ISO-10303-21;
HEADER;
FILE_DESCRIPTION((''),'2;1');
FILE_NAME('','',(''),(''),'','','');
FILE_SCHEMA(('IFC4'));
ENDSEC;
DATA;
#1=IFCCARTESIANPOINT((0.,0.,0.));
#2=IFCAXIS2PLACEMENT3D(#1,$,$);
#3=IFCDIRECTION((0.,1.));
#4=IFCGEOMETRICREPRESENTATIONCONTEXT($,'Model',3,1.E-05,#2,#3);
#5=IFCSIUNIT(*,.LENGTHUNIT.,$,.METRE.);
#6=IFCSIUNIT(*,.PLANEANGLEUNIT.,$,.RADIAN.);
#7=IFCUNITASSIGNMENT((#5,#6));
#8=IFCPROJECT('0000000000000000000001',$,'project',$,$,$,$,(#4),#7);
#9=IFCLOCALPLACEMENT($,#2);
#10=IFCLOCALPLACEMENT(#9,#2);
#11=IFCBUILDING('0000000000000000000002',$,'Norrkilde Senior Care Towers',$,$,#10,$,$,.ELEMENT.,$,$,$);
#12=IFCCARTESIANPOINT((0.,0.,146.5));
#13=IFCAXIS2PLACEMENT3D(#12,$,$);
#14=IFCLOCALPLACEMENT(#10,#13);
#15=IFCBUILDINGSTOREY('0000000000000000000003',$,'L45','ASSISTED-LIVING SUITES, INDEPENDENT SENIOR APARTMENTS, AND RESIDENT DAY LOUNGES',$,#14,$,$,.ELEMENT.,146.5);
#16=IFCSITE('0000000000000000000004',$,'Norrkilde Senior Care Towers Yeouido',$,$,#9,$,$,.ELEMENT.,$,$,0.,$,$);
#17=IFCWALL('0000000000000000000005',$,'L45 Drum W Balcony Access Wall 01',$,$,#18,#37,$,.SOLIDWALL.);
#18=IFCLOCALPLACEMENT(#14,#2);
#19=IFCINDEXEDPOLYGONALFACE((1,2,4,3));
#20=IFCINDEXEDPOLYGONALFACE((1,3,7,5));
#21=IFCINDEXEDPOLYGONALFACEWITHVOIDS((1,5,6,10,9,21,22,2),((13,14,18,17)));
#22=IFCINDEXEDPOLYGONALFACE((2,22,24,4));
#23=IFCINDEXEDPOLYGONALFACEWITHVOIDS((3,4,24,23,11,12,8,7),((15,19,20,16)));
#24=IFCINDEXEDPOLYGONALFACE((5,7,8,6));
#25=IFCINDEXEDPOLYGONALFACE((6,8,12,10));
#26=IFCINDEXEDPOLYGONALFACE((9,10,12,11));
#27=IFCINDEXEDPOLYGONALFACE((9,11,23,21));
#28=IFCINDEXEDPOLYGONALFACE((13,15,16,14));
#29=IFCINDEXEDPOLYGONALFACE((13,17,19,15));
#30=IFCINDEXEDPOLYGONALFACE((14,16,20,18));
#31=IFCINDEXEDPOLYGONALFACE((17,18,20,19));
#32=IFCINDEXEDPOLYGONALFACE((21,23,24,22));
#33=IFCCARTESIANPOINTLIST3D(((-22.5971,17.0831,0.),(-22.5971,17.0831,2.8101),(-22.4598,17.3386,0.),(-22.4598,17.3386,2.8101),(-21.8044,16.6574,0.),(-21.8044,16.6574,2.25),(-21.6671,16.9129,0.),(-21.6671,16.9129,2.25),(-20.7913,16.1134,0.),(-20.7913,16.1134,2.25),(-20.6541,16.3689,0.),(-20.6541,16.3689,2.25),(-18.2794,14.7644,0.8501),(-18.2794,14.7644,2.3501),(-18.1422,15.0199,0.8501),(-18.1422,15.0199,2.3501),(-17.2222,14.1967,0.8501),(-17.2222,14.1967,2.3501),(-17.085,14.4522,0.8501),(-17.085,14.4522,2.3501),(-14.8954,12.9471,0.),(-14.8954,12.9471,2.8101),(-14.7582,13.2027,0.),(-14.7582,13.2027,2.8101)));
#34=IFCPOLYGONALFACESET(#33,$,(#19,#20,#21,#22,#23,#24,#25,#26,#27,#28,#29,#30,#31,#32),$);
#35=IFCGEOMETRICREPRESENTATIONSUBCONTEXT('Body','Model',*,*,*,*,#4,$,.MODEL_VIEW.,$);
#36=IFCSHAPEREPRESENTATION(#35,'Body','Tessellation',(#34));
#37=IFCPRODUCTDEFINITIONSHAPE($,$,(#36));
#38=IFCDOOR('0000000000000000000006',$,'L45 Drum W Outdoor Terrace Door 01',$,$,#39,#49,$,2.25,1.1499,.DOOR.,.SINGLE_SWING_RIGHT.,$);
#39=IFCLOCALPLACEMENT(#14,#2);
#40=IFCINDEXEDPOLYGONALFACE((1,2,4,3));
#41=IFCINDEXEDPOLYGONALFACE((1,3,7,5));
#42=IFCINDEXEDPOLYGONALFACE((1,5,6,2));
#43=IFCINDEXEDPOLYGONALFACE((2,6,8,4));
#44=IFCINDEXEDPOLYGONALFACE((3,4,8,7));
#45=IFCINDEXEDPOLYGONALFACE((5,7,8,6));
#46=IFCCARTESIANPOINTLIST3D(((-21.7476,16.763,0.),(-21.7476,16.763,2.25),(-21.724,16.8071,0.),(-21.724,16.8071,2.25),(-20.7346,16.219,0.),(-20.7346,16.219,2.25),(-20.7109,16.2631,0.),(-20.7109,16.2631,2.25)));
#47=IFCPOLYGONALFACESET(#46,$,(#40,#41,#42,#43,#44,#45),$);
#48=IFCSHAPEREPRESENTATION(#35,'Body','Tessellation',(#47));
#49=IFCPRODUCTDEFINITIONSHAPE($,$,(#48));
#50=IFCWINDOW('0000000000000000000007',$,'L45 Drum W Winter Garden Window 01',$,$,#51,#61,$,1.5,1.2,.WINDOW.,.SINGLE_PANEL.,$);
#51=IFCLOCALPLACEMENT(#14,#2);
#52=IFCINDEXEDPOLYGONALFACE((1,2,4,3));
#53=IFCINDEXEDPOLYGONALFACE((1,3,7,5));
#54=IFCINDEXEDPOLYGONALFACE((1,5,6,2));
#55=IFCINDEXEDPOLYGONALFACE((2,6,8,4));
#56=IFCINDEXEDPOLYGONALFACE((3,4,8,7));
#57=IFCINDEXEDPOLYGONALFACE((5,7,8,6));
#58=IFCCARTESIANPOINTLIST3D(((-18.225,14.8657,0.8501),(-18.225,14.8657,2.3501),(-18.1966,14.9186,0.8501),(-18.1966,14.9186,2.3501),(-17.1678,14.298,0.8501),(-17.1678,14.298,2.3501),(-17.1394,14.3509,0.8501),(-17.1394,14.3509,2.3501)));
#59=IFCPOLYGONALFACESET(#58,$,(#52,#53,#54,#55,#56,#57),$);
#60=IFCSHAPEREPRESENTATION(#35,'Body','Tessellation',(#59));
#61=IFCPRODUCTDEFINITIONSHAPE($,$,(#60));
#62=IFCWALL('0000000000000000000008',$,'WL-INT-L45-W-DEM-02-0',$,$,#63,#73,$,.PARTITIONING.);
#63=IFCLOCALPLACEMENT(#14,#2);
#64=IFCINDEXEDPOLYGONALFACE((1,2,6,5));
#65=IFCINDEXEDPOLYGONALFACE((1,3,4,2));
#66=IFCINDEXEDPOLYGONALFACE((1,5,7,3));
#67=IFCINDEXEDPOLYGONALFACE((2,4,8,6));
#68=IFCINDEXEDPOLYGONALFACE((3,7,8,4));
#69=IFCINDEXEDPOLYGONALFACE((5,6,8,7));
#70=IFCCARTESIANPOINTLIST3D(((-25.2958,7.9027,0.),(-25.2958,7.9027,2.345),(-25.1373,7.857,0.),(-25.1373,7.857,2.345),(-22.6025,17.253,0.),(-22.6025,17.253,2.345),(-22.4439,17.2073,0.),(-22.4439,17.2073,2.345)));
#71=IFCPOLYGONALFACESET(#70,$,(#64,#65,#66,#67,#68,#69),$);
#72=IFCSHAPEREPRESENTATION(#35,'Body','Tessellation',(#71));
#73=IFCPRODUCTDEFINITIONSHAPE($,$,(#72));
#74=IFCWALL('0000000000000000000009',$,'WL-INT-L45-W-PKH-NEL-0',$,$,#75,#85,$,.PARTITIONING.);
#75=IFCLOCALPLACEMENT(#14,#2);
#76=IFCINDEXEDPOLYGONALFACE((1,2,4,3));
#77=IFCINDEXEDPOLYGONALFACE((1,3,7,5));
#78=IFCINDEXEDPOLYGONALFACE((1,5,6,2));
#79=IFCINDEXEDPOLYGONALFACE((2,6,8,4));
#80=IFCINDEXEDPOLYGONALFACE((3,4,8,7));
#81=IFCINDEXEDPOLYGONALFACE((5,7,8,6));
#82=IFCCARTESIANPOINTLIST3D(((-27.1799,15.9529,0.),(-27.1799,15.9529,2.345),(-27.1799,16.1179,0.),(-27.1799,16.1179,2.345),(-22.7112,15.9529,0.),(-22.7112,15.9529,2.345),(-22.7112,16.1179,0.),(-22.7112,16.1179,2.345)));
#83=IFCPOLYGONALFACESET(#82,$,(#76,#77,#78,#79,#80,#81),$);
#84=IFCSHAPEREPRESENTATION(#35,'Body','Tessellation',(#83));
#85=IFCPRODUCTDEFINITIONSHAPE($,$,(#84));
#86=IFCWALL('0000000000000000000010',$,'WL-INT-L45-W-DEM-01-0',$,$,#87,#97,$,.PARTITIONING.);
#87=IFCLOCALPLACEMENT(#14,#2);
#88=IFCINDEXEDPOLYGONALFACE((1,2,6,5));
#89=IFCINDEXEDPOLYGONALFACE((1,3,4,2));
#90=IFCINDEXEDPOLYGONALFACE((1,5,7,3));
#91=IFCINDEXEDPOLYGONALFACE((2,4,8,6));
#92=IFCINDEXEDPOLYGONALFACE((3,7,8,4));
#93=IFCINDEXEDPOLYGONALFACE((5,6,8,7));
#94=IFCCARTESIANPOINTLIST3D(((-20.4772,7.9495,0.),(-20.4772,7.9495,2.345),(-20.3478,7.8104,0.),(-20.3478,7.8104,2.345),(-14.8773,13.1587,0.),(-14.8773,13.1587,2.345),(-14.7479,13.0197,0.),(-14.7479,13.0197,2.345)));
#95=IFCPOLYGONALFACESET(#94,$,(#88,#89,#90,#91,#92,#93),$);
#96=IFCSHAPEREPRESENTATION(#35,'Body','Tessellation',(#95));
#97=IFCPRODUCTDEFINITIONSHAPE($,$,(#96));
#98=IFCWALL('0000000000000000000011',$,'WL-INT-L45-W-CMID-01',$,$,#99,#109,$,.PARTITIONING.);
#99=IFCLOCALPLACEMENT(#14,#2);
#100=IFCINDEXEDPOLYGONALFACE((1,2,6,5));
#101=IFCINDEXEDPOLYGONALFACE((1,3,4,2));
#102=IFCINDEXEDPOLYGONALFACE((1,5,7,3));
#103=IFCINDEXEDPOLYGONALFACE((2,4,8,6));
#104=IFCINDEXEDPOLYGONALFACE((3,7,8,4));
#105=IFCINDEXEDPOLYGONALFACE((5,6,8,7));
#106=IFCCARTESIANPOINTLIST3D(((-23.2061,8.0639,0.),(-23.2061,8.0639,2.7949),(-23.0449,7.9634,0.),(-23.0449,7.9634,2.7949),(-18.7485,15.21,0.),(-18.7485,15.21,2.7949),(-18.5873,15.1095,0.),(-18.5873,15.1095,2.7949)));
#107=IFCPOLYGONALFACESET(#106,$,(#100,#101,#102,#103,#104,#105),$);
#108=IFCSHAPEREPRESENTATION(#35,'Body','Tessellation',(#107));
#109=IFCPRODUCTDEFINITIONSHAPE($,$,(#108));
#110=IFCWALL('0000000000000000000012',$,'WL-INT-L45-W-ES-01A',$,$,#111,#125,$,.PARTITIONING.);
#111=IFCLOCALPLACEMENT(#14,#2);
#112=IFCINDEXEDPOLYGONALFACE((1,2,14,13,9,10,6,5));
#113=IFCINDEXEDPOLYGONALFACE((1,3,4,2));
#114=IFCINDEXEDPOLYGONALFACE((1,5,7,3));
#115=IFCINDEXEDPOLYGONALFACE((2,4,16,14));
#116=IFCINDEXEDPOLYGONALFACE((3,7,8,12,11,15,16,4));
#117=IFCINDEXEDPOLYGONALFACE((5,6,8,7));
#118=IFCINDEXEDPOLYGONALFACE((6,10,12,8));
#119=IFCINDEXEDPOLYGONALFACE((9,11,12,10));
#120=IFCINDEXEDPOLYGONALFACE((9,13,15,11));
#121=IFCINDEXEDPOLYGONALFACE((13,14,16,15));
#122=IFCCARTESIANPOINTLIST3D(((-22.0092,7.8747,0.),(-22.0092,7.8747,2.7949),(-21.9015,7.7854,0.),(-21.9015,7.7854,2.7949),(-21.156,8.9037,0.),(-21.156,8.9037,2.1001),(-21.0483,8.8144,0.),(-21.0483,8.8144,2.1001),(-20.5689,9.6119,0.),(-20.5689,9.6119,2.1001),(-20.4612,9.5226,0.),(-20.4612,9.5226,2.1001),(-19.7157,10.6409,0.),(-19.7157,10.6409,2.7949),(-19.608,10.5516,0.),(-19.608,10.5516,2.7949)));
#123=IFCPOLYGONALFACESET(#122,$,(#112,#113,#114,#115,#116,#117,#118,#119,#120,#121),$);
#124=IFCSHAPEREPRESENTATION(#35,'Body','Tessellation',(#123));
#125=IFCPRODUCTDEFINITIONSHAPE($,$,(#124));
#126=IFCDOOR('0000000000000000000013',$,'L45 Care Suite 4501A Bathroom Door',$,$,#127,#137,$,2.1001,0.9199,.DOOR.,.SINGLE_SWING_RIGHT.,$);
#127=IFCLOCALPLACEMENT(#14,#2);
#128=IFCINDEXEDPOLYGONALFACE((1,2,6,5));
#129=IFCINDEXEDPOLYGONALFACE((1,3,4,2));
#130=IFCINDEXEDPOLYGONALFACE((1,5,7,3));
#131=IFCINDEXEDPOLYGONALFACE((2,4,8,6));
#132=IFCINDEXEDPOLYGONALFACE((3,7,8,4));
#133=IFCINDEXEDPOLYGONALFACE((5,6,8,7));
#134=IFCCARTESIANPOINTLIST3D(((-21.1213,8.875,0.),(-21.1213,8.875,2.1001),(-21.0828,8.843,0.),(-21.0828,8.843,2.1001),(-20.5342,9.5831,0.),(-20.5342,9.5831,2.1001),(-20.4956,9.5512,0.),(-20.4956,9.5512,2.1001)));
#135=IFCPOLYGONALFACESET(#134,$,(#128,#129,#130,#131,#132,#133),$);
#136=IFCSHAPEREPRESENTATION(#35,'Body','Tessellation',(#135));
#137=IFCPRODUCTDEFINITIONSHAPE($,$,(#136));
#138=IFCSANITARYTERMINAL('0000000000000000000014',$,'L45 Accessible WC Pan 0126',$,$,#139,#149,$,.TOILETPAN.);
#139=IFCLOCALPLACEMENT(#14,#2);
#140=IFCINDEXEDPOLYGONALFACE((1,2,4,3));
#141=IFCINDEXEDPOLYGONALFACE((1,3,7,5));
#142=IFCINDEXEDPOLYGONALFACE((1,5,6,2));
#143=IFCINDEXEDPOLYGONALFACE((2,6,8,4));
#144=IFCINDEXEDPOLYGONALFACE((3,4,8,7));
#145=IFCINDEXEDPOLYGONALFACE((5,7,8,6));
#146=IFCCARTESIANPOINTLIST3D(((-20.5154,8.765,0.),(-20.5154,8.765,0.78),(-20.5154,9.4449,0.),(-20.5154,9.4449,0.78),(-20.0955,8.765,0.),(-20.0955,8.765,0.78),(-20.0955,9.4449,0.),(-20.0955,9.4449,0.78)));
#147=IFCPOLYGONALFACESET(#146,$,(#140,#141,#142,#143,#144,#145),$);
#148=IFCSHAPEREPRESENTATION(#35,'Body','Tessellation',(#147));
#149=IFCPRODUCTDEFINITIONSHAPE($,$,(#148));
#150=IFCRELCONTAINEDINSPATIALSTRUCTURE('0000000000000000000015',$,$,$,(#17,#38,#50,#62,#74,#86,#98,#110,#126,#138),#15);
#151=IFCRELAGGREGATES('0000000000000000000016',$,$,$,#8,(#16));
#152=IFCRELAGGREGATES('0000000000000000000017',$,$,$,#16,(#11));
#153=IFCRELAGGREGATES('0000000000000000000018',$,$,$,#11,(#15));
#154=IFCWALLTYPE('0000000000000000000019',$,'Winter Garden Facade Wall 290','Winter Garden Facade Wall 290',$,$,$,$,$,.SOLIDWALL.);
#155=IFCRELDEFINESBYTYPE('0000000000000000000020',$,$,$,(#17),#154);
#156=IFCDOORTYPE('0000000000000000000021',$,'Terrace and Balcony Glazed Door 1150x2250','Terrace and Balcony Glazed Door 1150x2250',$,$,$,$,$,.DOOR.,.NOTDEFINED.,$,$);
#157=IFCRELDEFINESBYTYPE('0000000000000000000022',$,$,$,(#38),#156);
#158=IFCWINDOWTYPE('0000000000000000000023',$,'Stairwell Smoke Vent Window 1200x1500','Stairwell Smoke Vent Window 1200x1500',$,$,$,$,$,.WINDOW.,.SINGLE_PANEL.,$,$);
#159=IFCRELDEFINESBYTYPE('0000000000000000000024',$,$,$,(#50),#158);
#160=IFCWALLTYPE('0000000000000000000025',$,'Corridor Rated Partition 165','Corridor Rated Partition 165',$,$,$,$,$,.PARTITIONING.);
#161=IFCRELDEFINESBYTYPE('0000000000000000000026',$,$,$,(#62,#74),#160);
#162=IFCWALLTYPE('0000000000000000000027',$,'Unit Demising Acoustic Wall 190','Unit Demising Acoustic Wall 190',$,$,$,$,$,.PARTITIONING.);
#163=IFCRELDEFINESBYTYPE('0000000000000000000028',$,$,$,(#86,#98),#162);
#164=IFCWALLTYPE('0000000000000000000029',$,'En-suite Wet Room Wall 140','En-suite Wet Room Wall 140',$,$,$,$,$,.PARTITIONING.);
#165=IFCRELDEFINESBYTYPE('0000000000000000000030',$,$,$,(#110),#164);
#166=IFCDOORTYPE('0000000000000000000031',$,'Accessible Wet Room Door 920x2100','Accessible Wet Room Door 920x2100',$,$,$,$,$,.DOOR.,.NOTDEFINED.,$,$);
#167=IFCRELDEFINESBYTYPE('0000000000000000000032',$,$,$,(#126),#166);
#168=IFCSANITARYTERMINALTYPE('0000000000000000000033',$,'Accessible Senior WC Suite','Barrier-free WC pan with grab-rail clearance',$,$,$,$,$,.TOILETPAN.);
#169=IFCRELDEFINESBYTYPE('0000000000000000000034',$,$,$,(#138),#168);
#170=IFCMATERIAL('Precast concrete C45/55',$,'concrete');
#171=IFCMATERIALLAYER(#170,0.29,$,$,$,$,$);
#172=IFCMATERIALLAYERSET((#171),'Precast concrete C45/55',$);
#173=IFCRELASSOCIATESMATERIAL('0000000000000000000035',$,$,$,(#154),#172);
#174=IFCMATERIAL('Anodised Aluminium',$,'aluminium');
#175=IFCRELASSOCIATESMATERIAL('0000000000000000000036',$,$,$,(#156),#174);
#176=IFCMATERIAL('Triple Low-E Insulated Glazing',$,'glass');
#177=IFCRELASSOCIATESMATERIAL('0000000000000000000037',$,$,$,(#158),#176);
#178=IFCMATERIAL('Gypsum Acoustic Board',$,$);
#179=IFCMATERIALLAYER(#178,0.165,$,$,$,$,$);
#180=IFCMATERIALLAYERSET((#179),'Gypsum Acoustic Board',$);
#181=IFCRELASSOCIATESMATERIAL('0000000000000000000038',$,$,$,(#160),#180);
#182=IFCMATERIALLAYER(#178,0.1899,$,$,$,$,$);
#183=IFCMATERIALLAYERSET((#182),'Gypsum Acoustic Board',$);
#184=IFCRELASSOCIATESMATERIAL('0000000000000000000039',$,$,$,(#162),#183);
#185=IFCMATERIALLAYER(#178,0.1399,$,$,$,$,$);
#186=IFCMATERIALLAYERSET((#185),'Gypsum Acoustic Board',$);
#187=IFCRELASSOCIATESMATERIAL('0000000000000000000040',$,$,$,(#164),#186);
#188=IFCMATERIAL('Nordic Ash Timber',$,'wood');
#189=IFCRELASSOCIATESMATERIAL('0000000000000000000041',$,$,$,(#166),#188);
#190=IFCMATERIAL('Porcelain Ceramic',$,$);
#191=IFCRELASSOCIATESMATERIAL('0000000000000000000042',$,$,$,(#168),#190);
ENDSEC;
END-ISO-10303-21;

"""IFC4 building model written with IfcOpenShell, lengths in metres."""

from ifc_helpers import new_model, si_unit, direction, frame, frame_2d, origin, origin_2d, place, context, subcontext, project, spatial, rectangle, extrude, source, transform, mapped, material, layer, layer_set, type_object, type_shapes, element, fill, save


model = new_model("IFC4")

# Units and contexts
model_context = context("Model", 3, precision=1e-05, world=origin(), true_north=direction((0.0, 1.0)))
body_context = subcontext(model_context, "Body", "Model", "MODEL_VIEW")
ifc_project = project(units=[si_unit("LENGTHUNIT", "METRE"), si_unit("PLANEANGLEUNIT", "RADIAN")], contexts=[model_context])

# Site, building, storey
site_placement = place(None, origin())
site = spatial("IfcSite", under=ifc_project, at=site_placement, Name="Norrkilde Senior Care Towers Yeouido", CompositionType="ELEMENT", RefElevation=0.0)
building_placement = place(site_placement, origin())
building = spatial("IfcBuilding", under=site, at=building_placement, Name="Norrkilde Senior Care Towers", CompositionType="ELEMENT")
storey_placement = place(building_placement, frame((0.0, 0.0, 146.5)))
storey = spatial("IfcBuildingStorey", under=building, at=storey_placement, Name="L45", Description="ASSISTED-LIVING SUITES, INDEPENDENT SENIOR APARTMENTS, AND RESIDENT DAY LOUNGES", CompositionType="ELEMENT", Elevation=146.5)

# Shared definitions
ifc_material_1 = material(Name="Triple Low-E Insulated Glazing", Category="glass")
ifc_material_2 = material(Name="Anodised Aluminium", Category="aluminium")

# Wall, openings, door, window
ifc_material_3 = material(Name="Precast concrete C45/55", Category="concrete")
ifc_layer_1 = layer(ifc_material_3, 0.29)
ifc_layer_set_1 = layer_set([ifc_layer_1], Name="Precast concrete C45/55")
wall_type_1 = type_object("IfcWallType", Name="Winter Garden Facade Wall 290", Description="Winter Garden Facade Wall 290", PredefinedType="SOLIDWALL", material=ifc_layer_set_1)
shared_shape_1 = source(origin(), body_context, "Body", "SweptSolid", [
    extrude(rectangle(XDim=8.7419, YDim=0.29, at=frame_2d((4.3711, 0.0))), origin(), (0.0, 0.0, 1.0), 2.8101),
])
type_shapes(wall_type_1, [shared_shape_1])
wall_1_placement = place(storey_placement, frame((-22.5286, 17.2109, 0.0), z_axis=(0.0, 0.0, 1.0), x_axis=(0.880999, -0.473119, 0.0)))
wall_1 = element("IfcWall", 1, at=wall_1_placement, inside=storey, type_object=wall_type_1, Name="L45 Drum W Balcony Access Wall 01", PredefinedType="SOLIDWALL", context=body_context, shape_type="MappedRepresentation", body=[
    mapped(shared_shape_1, transform((0.0, 0.0, 0.0), x_axis=(1.0, 0.0, 0.0), y_axis=(0.0, 1.0, 0.0), z_axis=(0.0, 0.0, 1.0), scale=1.0)),
])
opening_1_placement = place(wall_1_placement, frame((0.8999, 0.0, 0.0)))
opening_1 = element("IfcOpeningElement", 2, at=opening_1_placement, cuts=wall_1, PredefinedType="OPENING", context=body_context, shape_type="SweptSolid", body=[
    extrude(rectangle(XDim=1.1499, YDim=2.25, at=frame_2d((0.575, 1.125))), frame((0.0, 0.155, 0.0), z_axis=(0.0, -1.0, 0.0), x_axis=(1.0, 0.0, 0.0)), (0.0, 0.0, 1.0), 0.3101),
])
opening_2_placement = place(wall_1_placement, frame((4.9009, 0.0, 0.8501)))
opening_2 = element("IfcOpeningElement", 3, at=opening_2_placement, cuts=wall_1, PredefinedType="OPENING", context=body_context, shape_type="SweptSolid", body=[
    extrude(rectangle(XDim=1.2, YDim=1.5, at=frame_2d((0.6001, 0.75))), frame((0.0, 0.155, 0.0), z_axis=(0.0, -1.0, 0.0), x_axis=(1.0, 0.0, 0.0)), (0.0, 0.0, 1.0), 0.3101),
])
door_type_1 = type_object("IfcDoorType", Name="Terrace and Balcony Glazed Door 1150x2250", Description="Terrace and Balcony Glazed Door 1150x2250", OperationType="NOTDEFINED", PredefinedType="DOOR", material=ifc_material_2)
shared_shape_2 = source(origin(), body_context, "Body", "SweptSolid", [
    extrude(rectangle(XDim=1.1499, YDim=2.25, at=frame_2d((0.575, 1.125))), frame((0.0, 0.0249, 0.0), z_axis=(0.0, -1.0, 0.0), x_axis=(1.0, 0.0, 0.0)), (0.0, 0.0, 1.0), 0.05),
])
type_shapes(door_type_1, [shared_shape_2])
door_1_placement = place(opening_1_placement, origin())
door_1 = element("IfcDoor", 4, at=door_1_placement, inside=storey, type_object=door_type_1, Name="L45 Drum W Outdoor Terrace Door 01", OperationType="SINGLE_SWING_RIGHT", OverallHeight=2.25, OverallWidth=1.1499, PredefinedType="DOOR", context=body_context, shape_type="MappedRepresentation", body=[
    mapped(shared_shape_2, transform((0.0, 0.0, 0.0), x_axis=(1.0, 0.0, 0.0), y_axis=(0.0, 1.0, 0.0), z_axis=(0.0, 0.0, 1.0), scale=1.0)),
])
fill(opening_1, door_1)
window_type = type_object("IfcWindowType", Name="Stairwell Smoke Vent Window 1200x1500", Description="Stairwell Smoke Vent Window 1200x1500", PartitioningType="SINGLE_PANEL", PredefinedType="WINDOW", material=ifc_material_1)
shared_shape_3 = source(origin(), body_context, "Body", "SweptSolid", [
    extrude(rectangle(XDim=1.2, YDim=1.5, at=frame_2d((0.6001, 0.75))), frame((0.0, 0.03, 0.0), z_axis=(0.0, -1.0, 0.0), x_axis=(1.0, 0.0, 0.0)), (0.0, 0.0, 1.0), 0.0601),
])
type_shapes(window_type, [shared_shape_3])
window_placement = place(opening_2_placement, origin())
window = element("IfcWindow", 5, at=window_placement, inside=storey, type_object=window_type, Name="L45 Drum W Winter Garden Window 01", OverallHeight=1.5, OverallWidth=1.2, PartitioningType="SINGLE_PANEL", PredefinedType="WINDOW", context=body_context, shape_type="MappedRepresentation", body=[
    mapped(shared_shape_3, transform((0.0, 0.0, 0.0), x_axis=(1.0, 0.0, 0.0), y_axis=(0.0, 1.0, 0.0), z_axis=(0.0, 0.0, 1.0), scale=1.0)),
])
fill(opening_2, window)

# Shared definitions
ifc_material_4 = material(Name="Gypsum Acoustic Board")
ifc_layer_2 = layer(ifc_material_4, 0.165)
ifc_layer_set_2 = layer_set([ifc_layer_2], Name="Gypsum Acoustic Board")
wall_type_2 = type_object("IfcWallType", Name="Corridor Rated Partition 165", Description="Corridor Rated Partition 165", PredefinedType="PARTITIONING", material=ifc_layer_set_2)
ifc_material_5 = material(Name="Nordic Ash Timber", Category="wood")

# Walls
shared_shape_4 = source(origin(), body_context, "Body", "SweptSolid", [
    extrude(rectangle(XDim=9.7305, YDim=0.165, at=frame_2d((4.8652, 0.0))), origin(), (0.0, 0.0, 1.0), 2.345),
])
wall_2_placement = place(storey_placement, frame((-25.2166, 7.8799, 0.0), z_axis=(0.0, 0.0, 1.0), x_axis=(0.276795, 0.960929, 0.0)))
element("IfcWall", 6, at=wall_2_placement, inside=storey, type_object=wall_type_2, Name="WL-INT-L45-W-DEM-02-0", PredefinedType="PARTITIONING", context=body_context, shape_type="MappedRepresentation", body=[
    mapped(shared_shape_4, transform((0.0, 0.0, 0.0), x_axis=(1.0, 0.0, 0.0), y_axis=(0.0, 1.0, 0.0), z_axis=(0.0, 0.0, 1.0), scale=1.0)),
])
shared_shape_5 = source(origin(), body_context, "Body", "SweptSolid", [
    extrude(rectangle(XDim=4.4688, YDim=0.165, at=frame_2d((2.2344, 0.0))), origin(), (0.0, 0.0, 1.0), 2.345),
])
wall_3_placement = place(storey_placement, frame((-27.1799, 16.0354, 0.0), z_axis=(0.0, 0.0, 1.0), x_axis=(1.0, 0.0, 0.0)))
element("IfcWall", 7, at=wall_3_placement, inside=storey, type_object=wall_type_2, Name="WL-INT-L45-W-PKH-NEL-0", PredefinedType="PARTITIONING", context=body_context, shape_type="MappedRepresentation", body=[
    mapped(shared_shape_5, transform((0.0, 0.0, 0.0), x_axis=(1.0, 0.0, 0.0), y_axis=(0.0, 1.0, 0.0), z_axis=(0.0, 0.0, 1.0), scale=1.0)),
])
ifc_layer_3 = layer(ifc_material_4, 0.1899)
ifc_layer_set_3 = layer_set([ifc_layer_3], Name="Gypsum Acoustic Board")
wall_type_3 = type_object("IfcWallType", Name="Unit Demising Acoustic Wall 190", Description="Unit Demising Acoustic Wall 190", PredefinedType="PARTITIONING", material=ifc_layer_set_3)
shared_shape_6 = source(origin(), body_context, "Body", "SweptSolid", [
    extrude(rectangle(XDim=7.6482, YDim=0.1899, at=frame_2d((3.8242, 0.0))), origin(), (0.0, 0.0, 1.0), 2.345),
])
wall_4_placement = place(storey_placement, frame((-20.4126, 7.8799, 0.0), z_axis=(0.0, 0.0, 1.0), x_axis=(0.732183, 0.681108, 0.0)))
element("IfcWall", 8, at=wall_4_placement, inside=storey, type_object=wall_type_3, Name="WL-INT-L45-W-DEM-01-0", PredefinedType="PARTITIONING", context=body_context, shape_type="MappedRepresentation", body=[
    mapped(shared_shape_6, transform((0.0, 0.0, 0.0), x_axis=(1.0, 0.0, 0.0), y_axis=(0.0, 1.0, 0.0), z_axis=(0.0, 0.0, 1.0), scale=1.0)),
])
shared_shape_7 = source(origin(), body_context, "Body", "SweptSolid", [
    extrude(rectangle(XDim=8.4224, YDim=0.1899, at=frame_2d((4.2112, 0.0))), origin(), (0.0, 0.0, 1.0), 2.7949),
])
type_shapes(wall_type_3, [shared_shape_6, shared_shape_7])
wall_5_placement = place(storey_placement, frame((-23.1255, 8.0137, 0.0), z_axis=(0.0, 0.0, 1.0), x_axis=(0.529254, 0.848464, 0.0)))
element("IfcWall", 9, at=wall_5_placement, inside=storey, type_object=wall_type_3, Name="WL-INT-L45-W-CMID-01", PredefinedType="PARTITIONING", context=body_context, shape_type="MappedRepresentation", body=[
    mapped(shared_shape_7, transform((0.0, 0.0, 0.0), x_axis=(1.0, 0.0, 0.0), y_axis=(0.0, 1.0, 0.0), z_axis=(0.0, 0.0, 1.0), scale=1.0)),
])

# Wall, opening, door
ifc_layer_4 = layer(ifc_material_4, 0.1399)
ifc_layer_set_4 = layer_set([ifc_layer_4], Name="Gypsum Acoustic Board")
wall_type_4 = type_object("IfcWallType", Name="En-suite Wet Room Wall 140", Description="En-suite Wet Room Wall 140", PredefinedType="PARTITIONING", material=ifc_layer_set_4)
shared_shape_8 = source(origin(), body_context, "Body", "SweptSolid", [
    extrude(rectangle(XDim=3.5933, YDim=0.1399, at=frame_2d((1.7966, 0.0))), origin(), (0.0, 0.0, 1.0), 2.7949),
])
type_shapes(wall_type_4, [shared_shape_8])
wall_6_placement = place(storey_placement, frame((-21.9553, 7.8301, 0.0), z_axis=(0.0, 0.0, 1.0), x_axis=(0.638271, 0.769812, 0.0)))
wall_6 = element("IfcWall", 10, at=wall_6_placement, inside=storey, type_object=wall_type_4, Name="WL-INT-L45-W-ES-01A", PredefinedType="PARTITIONING", context=body_context, shape_type="MappedRepresentation", body=[
    mapped(shared_shape_8, transform((0.0, 0.0, 0.0), x_axis=(1.0, 0.0, 0.0), y_axis=(0.0, 1.0, 0.0), z_axis=(0.0, 0.0, 1.0), scale=1.0)),
])
opening_3_placement = place(wall_6_placement, frame((1.3367, 0.0, 0.0)))
opening_3 = element("IfcOpeningElement", 11, at=opening_3_placement, cuts=wall_6, PredefinedType="OPENING", context=body_context, shape_type="SweptSolid", body=[
    extrude(rectangle(XDim=0.9199, YDim=2.1001, at=frame_2d((0.46, 1.05))), frame((0.0, 0.0798, 0.0), z_axis=(0.0, -1.0, 0.0), x_axis=(1.0, 0.0, 0.0)), (0.0, 0.0, 1.0), 0.1599),
])
door_type_2 = type_object("IfcDoorType", Name="Accessible Wet Room Door 920x2100", Description="Accessible Wet Room Door 920x2100", OperationType="NOTDEFINED", PredefinedType="DOOR", material=ifc_material_5)
shared_shape_9 = source(origin(), body_context, "Body", "SweptSolid", [
    extrude(rectangle(XDim=0.9199, YDim=2.1001, at=frame_2d((0.46, 1.05))), frame((0.0, 0.0249, 0.0), z_axis=(0.0, -1.0, 0.0), x_axis=(1.0, 0.0, 0.0)), (0.0, 0.0, 1.0), 0.05),
])
type_shapes(door_type_2, [shared_shape_9])
door_2_placement = place(opening_3_placement, origin())
door_2 = element("IfcDoor", 12, at=door_2_placement, inside=storey, type_object=door_type_2, Name="L45 Care Suite 4501A Bathroom Door", OperationType="SINGLE_SWING_RIGHT", OverallHeight=2.1001, OverallWidth=0.9199, PredefinedType="DOOR", context=body_context, shape_type="MappedRepresentation", body=[
    mapped(shared_shape_9, transform((0.0, 0.0, 0.0), x_axis=(1.0, 0.0, 0.0), y_axis=(0.0, 1.0, 0.0), z_axis=(0.0, 0.0, 1.0), scale=1.0)),
])
fill(opening_3, door_2)

# Sanitary terminal
ifc_material_6 = material(Name="Porcelain Ceramic")
sanitary_terminal_type = type_object("IfcSanitaryTerminalType", Name="Accessible Senior WC Suite", Description="Barrier-free WC pan with grab-rail clearance", PredefinedType="TOILETPAN", material=ifc_material_6)
shared_shape_10 = source(origin(), body_context, "Body", "SweptSolid", [
    extrude(rectangle(XDim=0.4199, YDim=0.6799, at=origin_2d()), origin(), (0.0, 0.0, 1.0), 0.78),
])
type_shapes(sanitary_terminal_type, [shared_shape_10])
sanitary_terminal_placement = place(storey_placement, frame((-20.3054, 9.105, 0.0), z_axis=(0.0, 0.0, 1.0), x_axis=(1.0, 0.0, 0.0)))
element("IfcSanitaryTerminal", 13, at=sanitary_terminal_placement, inside=storey, type_object=sanitary_terminal_type, Name="L45 Accessible WC Pan 0126", PredefinedType="TOILETPAN", context=body_context, shape_type="MappedRepresentation", body=[
    mapped(shared_shape_10, transform((0.0, 0.0, 0.0), x_axis=(1.0, 0.0, 0.0), y_axis=(0.0, 1.0, 0.0), z_axis=(0.0, 0.0, 1.0), scale=1.0)),
])

save(model, "model.ifc")
